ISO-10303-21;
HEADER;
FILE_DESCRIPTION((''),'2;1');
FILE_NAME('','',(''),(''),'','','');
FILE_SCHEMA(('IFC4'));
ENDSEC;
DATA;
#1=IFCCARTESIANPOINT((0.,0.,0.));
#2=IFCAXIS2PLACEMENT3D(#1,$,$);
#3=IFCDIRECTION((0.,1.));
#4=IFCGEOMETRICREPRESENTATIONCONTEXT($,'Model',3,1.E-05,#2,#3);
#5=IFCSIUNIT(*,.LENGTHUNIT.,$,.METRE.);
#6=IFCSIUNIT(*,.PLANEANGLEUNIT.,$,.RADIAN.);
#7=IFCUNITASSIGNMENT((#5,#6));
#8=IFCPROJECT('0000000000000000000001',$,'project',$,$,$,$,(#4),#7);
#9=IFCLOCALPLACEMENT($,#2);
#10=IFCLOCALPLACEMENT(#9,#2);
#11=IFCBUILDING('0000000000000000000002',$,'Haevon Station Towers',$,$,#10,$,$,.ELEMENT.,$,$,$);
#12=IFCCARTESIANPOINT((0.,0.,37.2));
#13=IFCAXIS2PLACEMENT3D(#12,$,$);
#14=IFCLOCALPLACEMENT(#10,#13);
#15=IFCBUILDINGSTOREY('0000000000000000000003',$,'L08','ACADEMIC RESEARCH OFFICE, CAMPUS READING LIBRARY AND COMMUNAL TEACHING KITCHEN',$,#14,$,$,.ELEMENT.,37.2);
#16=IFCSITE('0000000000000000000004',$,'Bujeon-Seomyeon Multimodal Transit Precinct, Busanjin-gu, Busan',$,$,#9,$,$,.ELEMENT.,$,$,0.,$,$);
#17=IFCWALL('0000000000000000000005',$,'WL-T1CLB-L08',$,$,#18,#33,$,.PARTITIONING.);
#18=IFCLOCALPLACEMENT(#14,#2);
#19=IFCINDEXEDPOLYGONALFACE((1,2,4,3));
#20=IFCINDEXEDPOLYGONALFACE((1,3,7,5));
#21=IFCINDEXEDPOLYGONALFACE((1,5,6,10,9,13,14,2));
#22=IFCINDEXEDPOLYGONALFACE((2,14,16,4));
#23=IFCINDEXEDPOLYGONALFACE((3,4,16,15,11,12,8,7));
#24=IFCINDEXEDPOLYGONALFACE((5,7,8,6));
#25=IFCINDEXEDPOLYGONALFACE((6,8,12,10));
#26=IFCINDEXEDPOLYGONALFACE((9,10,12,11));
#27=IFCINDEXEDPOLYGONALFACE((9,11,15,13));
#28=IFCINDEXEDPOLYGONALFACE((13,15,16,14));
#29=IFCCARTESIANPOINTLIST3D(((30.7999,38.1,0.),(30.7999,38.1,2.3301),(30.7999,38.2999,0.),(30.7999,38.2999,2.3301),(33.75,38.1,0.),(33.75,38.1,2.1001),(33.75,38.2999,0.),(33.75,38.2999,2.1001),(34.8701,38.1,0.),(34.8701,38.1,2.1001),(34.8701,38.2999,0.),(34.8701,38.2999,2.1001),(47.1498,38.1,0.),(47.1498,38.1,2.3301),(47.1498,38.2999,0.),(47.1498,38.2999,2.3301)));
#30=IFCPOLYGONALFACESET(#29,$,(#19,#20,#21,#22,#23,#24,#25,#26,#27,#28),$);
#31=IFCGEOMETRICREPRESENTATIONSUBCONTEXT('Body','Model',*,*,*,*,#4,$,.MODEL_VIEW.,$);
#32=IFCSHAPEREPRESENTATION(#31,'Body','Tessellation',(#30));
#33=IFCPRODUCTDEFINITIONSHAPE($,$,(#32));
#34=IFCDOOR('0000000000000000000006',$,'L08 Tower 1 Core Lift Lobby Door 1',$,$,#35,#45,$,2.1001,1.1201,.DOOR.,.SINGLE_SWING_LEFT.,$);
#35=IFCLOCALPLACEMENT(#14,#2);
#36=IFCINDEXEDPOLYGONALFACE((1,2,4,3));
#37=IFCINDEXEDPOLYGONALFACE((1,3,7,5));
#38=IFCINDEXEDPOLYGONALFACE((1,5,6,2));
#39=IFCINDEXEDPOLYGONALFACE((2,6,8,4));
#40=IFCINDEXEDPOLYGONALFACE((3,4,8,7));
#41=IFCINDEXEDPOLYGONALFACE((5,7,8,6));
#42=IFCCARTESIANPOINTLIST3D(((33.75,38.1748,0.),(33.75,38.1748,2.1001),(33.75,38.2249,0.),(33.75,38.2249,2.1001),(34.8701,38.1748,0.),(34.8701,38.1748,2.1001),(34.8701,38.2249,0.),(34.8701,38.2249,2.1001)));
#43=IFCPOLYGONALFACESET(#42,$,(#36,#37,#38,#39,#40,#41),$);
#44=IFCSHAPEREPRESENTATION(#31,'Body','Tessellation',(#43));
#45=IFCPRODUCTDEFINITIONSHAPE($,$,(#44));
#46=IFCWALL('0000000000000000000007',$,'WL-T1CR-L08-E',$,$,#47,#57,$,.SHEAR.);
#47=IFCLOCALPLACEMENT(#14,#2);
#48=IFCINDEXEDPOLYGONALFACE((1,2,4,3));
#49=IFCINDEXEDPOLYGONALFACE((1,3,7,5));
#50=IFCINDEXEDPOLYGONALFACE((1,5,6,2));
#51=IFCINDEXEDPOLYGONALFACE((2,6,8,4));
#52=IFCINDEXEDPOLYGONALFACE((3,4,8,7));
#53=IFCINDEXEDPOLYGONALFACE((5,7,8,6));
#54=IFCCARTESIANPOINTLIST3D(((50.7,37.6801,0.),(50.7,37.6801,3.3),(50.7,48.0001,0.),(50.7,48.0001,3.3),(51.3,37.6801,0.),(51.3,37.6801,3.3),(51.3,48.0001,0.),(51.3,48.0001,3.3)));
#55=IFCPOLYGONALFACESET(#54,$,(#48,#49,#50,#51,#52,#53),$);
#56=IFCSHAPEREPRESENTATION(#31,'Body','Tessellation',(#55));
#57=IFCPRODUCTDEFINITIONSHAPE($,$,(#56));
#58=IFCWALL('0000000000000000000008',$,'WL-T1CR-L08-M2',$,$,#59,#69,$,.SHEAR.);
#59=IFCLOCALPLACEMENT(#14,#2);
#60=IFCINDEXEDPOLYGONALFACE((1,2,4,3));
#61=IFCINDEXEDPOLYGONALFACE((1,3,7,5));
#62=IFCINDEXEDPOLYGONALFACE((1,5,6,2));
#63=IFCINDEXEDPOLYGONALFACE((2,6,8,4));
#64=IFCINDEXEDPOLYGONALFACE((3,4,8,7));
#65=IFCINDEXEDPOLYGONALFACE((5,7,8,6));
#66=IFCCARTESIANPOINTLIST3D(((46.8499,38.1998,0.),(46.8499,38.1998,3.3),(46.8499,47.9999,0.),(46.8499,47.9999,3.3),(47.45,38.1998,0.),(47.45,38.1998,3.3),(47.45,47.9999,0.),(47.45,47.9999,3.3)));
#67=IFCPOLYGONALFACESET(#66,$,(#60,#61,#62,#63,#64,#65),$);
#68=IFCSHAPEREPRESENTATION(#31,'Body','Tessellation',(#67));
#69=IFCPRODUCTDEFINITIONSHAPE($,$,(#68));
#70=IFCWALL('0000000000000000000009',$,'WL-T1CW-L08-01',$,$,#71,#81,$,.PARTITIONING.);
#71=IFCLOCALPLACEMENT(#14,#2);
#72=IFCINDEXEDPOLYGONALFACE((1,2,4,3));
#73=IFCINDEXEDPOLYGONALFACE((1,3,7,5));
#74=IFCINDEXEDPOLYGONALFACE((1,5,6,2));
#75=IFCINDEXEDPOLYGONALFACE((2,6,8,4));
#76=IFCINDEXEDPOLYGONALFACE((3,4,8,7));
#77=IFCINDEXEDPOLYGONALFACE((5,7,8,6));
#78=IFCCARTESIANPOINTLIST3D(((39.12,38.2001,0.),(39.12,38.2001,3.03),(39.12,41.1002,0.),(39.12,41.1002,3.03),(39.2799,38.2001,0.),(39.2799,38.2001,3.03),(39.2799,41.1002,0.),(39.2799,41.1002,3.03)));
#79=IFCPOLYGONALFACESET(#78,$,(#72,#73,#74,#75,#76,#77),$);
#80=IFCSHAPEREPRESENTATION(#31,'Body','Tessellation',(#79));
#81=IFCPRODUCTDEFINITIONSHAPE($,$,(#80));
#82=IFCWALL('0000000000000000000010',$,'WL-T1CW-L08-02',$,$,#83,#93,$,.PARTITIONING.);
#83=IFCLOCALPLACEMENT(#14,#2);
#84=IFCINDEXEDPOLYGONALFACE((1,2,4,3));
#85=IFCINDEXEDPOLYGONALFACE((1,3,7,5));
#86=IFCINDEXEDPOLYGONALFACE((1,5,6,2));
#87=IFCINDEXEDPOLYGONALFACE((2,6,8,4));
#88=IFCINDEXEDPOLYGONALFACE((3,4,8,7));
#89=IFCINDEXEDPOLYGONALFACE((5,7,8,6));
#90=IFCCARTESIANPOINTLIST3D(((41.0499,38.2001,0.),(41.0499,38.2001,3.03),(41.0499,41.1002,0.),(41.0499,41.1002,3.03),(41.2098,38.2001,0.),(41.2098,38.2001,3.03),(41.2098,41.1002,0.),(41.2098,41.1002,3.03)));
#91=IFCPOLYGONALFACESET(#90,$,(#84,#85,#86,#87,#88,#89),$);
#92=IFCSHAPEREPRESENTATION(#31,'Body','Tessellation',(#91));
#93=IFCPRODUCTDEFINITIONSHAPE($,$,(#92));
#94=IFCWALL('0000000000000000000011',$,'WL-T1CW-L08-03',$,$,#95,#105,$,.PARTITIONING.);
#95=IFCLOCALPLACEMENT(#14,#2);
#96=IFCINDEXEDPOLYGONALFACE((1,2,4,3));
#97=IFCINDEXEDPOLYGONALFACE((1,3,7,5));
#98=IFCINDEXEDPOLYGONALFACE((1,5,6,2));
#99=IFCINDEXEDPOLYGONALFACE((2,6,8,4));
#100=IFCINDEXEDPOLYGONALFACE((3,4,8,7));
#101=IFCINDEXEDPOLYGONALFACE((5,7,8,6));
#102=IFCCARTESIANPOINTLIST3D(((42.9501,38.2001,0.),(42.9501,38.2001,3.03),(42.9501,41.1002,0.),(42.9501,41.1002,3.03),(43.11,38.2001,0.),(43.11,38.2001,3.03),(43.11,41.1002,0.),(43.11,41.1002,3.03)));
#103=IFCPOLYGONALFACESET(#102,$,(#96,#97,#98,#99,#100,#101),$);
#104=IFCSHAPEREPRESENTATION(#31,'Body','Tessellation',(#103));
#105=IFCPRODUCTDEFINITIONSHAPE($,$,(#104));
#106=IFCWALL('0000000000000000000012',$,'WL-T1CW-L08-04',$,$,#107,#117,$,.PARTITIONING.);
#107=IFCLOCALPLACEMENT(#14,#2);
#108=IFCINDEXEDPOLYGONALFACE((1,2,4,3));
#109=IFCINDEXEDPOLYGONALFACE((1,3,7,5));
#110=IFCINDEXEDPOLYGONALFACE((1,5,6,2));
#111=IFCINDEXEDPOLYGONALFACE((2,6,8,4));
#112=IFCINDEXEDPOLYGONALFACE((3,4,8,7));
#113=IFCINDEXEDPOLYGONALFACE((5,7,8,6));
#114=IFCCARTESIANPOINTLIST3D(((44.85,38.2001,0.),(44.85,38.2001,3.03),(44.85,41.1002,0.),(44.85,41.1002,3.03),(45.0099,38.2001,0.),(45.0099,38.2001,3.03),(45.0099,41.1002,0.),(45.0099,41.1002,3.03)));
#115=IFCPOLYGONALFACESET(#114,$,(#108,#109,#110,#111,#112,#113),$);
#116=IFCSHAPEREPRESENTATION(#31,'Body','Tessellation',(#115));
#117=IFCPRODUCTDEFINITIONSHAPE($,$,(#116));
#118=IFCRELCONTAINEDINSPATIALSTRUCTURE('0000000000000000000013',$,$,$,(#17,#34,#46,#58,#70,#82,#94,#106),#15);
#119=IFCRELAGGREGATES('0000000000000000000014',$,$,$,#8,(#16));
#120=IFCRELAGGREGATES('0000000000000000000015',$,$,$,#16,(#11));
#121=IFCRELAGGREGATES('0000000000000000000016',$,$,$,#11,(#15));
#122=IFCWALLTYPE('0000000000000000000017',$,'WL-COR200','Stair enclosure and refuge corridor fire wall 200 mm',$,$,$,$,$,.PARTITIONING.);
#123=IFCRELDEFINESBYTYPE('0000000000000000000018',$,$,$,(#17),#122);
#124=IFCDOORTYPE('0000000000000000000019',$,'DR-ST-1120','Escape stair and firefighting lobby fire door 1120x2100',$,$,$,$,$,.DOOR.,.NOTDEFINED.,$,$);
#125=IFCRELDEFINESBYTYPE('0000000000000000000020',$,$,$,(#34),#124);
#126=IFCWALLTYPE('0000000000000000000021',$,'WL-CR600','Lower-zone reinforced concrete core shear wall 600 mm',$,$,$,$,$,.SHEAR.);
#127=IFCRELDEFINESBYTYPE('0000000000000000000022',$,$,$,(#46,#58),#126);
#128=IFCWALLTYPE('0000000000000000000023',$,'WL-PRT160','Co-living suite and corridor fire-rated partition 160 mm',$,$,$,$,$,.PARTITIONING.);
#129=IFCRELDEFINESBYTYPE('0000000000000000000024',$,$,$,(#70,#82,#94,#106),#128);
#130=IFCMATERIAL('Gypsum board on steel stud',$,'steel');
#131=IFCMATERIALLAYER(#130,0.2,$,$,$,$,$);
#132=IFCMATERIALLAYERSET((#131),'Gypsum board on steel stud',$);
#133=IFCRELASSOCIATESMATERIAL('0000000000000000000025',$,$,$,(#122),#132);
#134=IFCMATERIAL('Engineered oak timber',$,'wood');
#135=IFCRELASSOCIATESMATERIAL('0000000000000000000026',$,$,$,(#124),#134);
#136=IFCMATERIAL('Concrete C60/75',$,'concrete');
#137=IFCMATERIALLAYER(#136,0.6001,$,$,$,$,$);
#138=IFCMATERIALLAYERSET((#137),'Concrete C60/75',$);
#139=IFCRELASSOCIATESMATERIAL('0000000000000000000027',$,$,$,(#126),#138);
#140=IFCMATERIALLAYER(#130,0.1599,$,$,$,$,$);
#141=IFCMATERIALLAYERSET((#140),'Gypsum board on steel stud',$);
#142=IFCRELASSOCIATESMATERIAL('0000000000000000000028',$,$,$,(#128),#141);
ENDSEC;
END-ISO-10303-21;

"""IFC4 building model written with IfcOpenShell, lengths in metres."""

from ifc_helpers import new_model, si_unit, direction, frame, frame_2d, origin, place, context, subcontext, project, spatial, rectangle, extrude, material, layer, layer_set, type_object, element, fill, save


model = new_model("IFC4")

# Units and contexts
model_context = context("Model", 3, precision=1e-05, world=origin(), true_north=direction((0.0, 1.0)))
body_context = subcontext(model_context, "Body", "Model", "MODEL_VIEW")
ifc_project = project(units=[si_unit("LENGTHUNIT", "METRE"), si_unit("PLANEANGLEUNIT", "RADIAN")], contexts=[model_context])

# Site, building, storey
site_placement = place(None, origin())
site = spatial("IfcSite", under=ifc_project, at=site_placement, Name="Bujeon-Seomyeon Multimodal Transit Precinct, Busanjin-gu, Busan", CompositionType="ELEMENT", RefElevation=0.0)
building_placement = place(site_placement, origin())
building = spatial("IfcBuilding", under=site, at=building_placement, Name="Haevon Station Towers", CompositionType="ELEMENT")
storey_placement = place(building_placement, frame((0.0, 0.0, 37.2)))
storey = spatial("IfcBuildingStorey", under=building, at=storey_placement, Name="L08", Description="ACADEMIC RESEARCH OFFICE, CAMPUS READING LIBRARY AND COMMUNAL TEACHING KITCHEN", CompositionType="ELEMENT", Elevation=37.2)

# Wall, opening, door
ifc_material_1 = material(Name="Gypsum board on steel stud", Category="steel")
ifc_layer_1 = layer(ifc_material_1, 0.2)
ifc_layer_set_1 = layer_set([ifc_layer_1], Name="Gypsum board on steel stud")
wall_type_1 = type_object("IfcWallType", Name="WL-COR200", Description="Stair enclosure and refuge corridor fire wall 200 mm", PredefinedType="PARTITIONING", material=ifc_layer_set_1)
ifc_material_2 = material(Name="Engineered oak timber", Category="wood")
door_type_1 = type_object("IfcDoorType", Name="DR-ST-1120", Description="Escape stair and firefighting lobby fire door 1120x2100", OperationType="NOTDEFINED", PredefinedType="DOOR", material=ifc_material_2)
wall_1_placement = place(storey_placement, frame((30.8, 38.2, 0.0), z_axis=(0.0, 0.0, 1.0), x_axis=(1.0, 0.0, 0.0)))
wall_1 = element("IfcWall", 1, at=wall_1_placement, inside=storey, type_object=wall_type_1, Name="WL-T1CLB-L08", PredefinedType="PARTITIONING", context=body_context, shape_type="SweptSolid", body=[
    extrude(rectangle(XDim=16.3499, YDim=0.2, at=frame_2d((8.1748, 0.0))), origin(), (0.0, 0.0, 1.0), 2.3301),
])
opening_1_placement = place(wall_1_placement, frame((2.95, 0.0, 0.0)))
opening_1 = element("IfcOpeningElement", 2, at=opening_1_placement, cuts=wall_1, PredefinedType="OPENING", context=body_context, shape_type="SweptSolid", body=[
    extrude(rectangle(XDim=1.1201, YDim=2.1001, at=frame_2d((0.5601, 1.05))), frame((0.0, 0.1099, 0.0), z_axis=(0.0, -1.0, 0.0), x_axis=(1.0, 0.0, 0.0)), (0.0, 0.0, 1.0), 0.22),
])
door_1_placement = place(opening_1_placement, origin())
door_1 = element("IfcDoor", 3, at=door_1_placement, inside=storey, type_object=door_type_1, Name="L08 Tower 1 Core Lift Lobby Door 1", OperationType="SINGLE_SWING_LEFT", OverallHeight=2.1001, OverallWidth=1.1201, PredefinedType="DOOR", context=body_context, shape_type="SweptSolid", body=[
    extrude(rectangle(XDim=1.1201, YDim=2.1001, at=frame_2d((0.5601, 1.05))), frame((0.0, 0.0249, 0.0), z_axis=(0.0, -1.0, 0.0), x_axis=(1.0, 0.0, 0.0)), (0.0, 0.0, 1.0), 0.05),
])
fill(opening_1, door_1)

# Walls
ifc_material_3 = material(Name="Concrete C60/75", Category="concrete")
ifc_layer_2 = layer(ifc_material_3, 0.6001)
ifc_layer_set_2 = layer_set([ifc_layer_2], Name="Concrete C60/75")
wall_type_2 = type_object("IfcWallType", Name="WL-CR600", Description="Lower-zone reinforced concrete core shear wall 600 mm", PredefinedType="SHEAR", material=ifc_layer_set_2)
wall_2_placement = place(storey_placement, frame((51.0, 37.6799, 0.0), z_axis=(0.0, 0.0, 1.0), x_axis=(0.0, 1.0, 0.0)))
element("IfcWall", 4, at=wall_2_placement, inside=storey, type_object=wall_type_2, Name="WL-T1CR-L08-E", PredefinedType="SHEAR", context=body_context, shape_type="SweptSolid", body=[
    extrude(rectangle(XDim=10.3201, YDim=0.6001, at=frame_2d((5.1602, 0.0))), origin(), (0.0, 0.0, 1.0), 3.3),
])
wall_3_placement = place(storey_placement, frame((47.1499, 38.2, 0.0), z_axis=(0.0, 0.0, 1.0), x_axis=(0.0, 1.0, 0.0)))
element("IfcWall", 5, at=wall_3_placement, inside=storey, type_object=wall_type_2, Name="WL-T1CR-L08-M2", PredefinedType="SHEAR", context=body_context, shape_type="SweptSolid", body=[
    extrude(rectangle(XDim=9.8, YDim=0.6001, at=frame_2d((4.8999, 0.0))), origin(), (0.0, 0.0, 1.0), 3.3),
])
ifc_layer_3 = layer(ifc_material_1, 0.1599)
ifc_layer_set_3 = layer_set([ifc_layer_3], Name="Gypsum board on steel stud")
wall_type_3 = type_object("IfcWallType", Name="WL-PRT160", Description="Co-living suite and corridor fire-rated partition 160 mm", PredefinedType="PARTITIONING", material=ifc_layer_set_3)
for number, where, z_axis, x_axis, name in (
    (6, (39.2, 38.2, 0.0), (0.0, 0.0, 1.0), (0.0, 1.0, 0.0), "WL-T1CW-L08-01"),
    (7, (41.1299, 38.2, 0.0), (0.0, 0.0, 1.0), (0.0, 1.0, 0.0), "WL-T1CW-L08-02"),
    (8, (43.03, 38.2, 0.0), (0.0, 0.0, 1.0), (0.0, 1.0, 0.0), "WL-T1CW-L08-03"),
    (9, (44.9299, 38.2, 0.0), (0.0, 0.0, 1.0), (0.0, 1.0, 0.0), "WL-T1CW-L08-04"),
):
    element("IfcWall", number, at=place(storey_placement, frame(where, z_axis=z_axis, x_axis=x_axis)), inside=storey, type_object=wall_type_3, Name=name, PredefinedType="PARTITIONING", context=body_context, shape_type="SweptSolid", body=[
        extrude(rectangle(XDim=2.9001, YDim=0.1599, at=frame_2d((1.4502, 0.0))), origin(), (0.0, 0.0, 1.0), 3.03),
    ])

save(model, "model.ifc")
